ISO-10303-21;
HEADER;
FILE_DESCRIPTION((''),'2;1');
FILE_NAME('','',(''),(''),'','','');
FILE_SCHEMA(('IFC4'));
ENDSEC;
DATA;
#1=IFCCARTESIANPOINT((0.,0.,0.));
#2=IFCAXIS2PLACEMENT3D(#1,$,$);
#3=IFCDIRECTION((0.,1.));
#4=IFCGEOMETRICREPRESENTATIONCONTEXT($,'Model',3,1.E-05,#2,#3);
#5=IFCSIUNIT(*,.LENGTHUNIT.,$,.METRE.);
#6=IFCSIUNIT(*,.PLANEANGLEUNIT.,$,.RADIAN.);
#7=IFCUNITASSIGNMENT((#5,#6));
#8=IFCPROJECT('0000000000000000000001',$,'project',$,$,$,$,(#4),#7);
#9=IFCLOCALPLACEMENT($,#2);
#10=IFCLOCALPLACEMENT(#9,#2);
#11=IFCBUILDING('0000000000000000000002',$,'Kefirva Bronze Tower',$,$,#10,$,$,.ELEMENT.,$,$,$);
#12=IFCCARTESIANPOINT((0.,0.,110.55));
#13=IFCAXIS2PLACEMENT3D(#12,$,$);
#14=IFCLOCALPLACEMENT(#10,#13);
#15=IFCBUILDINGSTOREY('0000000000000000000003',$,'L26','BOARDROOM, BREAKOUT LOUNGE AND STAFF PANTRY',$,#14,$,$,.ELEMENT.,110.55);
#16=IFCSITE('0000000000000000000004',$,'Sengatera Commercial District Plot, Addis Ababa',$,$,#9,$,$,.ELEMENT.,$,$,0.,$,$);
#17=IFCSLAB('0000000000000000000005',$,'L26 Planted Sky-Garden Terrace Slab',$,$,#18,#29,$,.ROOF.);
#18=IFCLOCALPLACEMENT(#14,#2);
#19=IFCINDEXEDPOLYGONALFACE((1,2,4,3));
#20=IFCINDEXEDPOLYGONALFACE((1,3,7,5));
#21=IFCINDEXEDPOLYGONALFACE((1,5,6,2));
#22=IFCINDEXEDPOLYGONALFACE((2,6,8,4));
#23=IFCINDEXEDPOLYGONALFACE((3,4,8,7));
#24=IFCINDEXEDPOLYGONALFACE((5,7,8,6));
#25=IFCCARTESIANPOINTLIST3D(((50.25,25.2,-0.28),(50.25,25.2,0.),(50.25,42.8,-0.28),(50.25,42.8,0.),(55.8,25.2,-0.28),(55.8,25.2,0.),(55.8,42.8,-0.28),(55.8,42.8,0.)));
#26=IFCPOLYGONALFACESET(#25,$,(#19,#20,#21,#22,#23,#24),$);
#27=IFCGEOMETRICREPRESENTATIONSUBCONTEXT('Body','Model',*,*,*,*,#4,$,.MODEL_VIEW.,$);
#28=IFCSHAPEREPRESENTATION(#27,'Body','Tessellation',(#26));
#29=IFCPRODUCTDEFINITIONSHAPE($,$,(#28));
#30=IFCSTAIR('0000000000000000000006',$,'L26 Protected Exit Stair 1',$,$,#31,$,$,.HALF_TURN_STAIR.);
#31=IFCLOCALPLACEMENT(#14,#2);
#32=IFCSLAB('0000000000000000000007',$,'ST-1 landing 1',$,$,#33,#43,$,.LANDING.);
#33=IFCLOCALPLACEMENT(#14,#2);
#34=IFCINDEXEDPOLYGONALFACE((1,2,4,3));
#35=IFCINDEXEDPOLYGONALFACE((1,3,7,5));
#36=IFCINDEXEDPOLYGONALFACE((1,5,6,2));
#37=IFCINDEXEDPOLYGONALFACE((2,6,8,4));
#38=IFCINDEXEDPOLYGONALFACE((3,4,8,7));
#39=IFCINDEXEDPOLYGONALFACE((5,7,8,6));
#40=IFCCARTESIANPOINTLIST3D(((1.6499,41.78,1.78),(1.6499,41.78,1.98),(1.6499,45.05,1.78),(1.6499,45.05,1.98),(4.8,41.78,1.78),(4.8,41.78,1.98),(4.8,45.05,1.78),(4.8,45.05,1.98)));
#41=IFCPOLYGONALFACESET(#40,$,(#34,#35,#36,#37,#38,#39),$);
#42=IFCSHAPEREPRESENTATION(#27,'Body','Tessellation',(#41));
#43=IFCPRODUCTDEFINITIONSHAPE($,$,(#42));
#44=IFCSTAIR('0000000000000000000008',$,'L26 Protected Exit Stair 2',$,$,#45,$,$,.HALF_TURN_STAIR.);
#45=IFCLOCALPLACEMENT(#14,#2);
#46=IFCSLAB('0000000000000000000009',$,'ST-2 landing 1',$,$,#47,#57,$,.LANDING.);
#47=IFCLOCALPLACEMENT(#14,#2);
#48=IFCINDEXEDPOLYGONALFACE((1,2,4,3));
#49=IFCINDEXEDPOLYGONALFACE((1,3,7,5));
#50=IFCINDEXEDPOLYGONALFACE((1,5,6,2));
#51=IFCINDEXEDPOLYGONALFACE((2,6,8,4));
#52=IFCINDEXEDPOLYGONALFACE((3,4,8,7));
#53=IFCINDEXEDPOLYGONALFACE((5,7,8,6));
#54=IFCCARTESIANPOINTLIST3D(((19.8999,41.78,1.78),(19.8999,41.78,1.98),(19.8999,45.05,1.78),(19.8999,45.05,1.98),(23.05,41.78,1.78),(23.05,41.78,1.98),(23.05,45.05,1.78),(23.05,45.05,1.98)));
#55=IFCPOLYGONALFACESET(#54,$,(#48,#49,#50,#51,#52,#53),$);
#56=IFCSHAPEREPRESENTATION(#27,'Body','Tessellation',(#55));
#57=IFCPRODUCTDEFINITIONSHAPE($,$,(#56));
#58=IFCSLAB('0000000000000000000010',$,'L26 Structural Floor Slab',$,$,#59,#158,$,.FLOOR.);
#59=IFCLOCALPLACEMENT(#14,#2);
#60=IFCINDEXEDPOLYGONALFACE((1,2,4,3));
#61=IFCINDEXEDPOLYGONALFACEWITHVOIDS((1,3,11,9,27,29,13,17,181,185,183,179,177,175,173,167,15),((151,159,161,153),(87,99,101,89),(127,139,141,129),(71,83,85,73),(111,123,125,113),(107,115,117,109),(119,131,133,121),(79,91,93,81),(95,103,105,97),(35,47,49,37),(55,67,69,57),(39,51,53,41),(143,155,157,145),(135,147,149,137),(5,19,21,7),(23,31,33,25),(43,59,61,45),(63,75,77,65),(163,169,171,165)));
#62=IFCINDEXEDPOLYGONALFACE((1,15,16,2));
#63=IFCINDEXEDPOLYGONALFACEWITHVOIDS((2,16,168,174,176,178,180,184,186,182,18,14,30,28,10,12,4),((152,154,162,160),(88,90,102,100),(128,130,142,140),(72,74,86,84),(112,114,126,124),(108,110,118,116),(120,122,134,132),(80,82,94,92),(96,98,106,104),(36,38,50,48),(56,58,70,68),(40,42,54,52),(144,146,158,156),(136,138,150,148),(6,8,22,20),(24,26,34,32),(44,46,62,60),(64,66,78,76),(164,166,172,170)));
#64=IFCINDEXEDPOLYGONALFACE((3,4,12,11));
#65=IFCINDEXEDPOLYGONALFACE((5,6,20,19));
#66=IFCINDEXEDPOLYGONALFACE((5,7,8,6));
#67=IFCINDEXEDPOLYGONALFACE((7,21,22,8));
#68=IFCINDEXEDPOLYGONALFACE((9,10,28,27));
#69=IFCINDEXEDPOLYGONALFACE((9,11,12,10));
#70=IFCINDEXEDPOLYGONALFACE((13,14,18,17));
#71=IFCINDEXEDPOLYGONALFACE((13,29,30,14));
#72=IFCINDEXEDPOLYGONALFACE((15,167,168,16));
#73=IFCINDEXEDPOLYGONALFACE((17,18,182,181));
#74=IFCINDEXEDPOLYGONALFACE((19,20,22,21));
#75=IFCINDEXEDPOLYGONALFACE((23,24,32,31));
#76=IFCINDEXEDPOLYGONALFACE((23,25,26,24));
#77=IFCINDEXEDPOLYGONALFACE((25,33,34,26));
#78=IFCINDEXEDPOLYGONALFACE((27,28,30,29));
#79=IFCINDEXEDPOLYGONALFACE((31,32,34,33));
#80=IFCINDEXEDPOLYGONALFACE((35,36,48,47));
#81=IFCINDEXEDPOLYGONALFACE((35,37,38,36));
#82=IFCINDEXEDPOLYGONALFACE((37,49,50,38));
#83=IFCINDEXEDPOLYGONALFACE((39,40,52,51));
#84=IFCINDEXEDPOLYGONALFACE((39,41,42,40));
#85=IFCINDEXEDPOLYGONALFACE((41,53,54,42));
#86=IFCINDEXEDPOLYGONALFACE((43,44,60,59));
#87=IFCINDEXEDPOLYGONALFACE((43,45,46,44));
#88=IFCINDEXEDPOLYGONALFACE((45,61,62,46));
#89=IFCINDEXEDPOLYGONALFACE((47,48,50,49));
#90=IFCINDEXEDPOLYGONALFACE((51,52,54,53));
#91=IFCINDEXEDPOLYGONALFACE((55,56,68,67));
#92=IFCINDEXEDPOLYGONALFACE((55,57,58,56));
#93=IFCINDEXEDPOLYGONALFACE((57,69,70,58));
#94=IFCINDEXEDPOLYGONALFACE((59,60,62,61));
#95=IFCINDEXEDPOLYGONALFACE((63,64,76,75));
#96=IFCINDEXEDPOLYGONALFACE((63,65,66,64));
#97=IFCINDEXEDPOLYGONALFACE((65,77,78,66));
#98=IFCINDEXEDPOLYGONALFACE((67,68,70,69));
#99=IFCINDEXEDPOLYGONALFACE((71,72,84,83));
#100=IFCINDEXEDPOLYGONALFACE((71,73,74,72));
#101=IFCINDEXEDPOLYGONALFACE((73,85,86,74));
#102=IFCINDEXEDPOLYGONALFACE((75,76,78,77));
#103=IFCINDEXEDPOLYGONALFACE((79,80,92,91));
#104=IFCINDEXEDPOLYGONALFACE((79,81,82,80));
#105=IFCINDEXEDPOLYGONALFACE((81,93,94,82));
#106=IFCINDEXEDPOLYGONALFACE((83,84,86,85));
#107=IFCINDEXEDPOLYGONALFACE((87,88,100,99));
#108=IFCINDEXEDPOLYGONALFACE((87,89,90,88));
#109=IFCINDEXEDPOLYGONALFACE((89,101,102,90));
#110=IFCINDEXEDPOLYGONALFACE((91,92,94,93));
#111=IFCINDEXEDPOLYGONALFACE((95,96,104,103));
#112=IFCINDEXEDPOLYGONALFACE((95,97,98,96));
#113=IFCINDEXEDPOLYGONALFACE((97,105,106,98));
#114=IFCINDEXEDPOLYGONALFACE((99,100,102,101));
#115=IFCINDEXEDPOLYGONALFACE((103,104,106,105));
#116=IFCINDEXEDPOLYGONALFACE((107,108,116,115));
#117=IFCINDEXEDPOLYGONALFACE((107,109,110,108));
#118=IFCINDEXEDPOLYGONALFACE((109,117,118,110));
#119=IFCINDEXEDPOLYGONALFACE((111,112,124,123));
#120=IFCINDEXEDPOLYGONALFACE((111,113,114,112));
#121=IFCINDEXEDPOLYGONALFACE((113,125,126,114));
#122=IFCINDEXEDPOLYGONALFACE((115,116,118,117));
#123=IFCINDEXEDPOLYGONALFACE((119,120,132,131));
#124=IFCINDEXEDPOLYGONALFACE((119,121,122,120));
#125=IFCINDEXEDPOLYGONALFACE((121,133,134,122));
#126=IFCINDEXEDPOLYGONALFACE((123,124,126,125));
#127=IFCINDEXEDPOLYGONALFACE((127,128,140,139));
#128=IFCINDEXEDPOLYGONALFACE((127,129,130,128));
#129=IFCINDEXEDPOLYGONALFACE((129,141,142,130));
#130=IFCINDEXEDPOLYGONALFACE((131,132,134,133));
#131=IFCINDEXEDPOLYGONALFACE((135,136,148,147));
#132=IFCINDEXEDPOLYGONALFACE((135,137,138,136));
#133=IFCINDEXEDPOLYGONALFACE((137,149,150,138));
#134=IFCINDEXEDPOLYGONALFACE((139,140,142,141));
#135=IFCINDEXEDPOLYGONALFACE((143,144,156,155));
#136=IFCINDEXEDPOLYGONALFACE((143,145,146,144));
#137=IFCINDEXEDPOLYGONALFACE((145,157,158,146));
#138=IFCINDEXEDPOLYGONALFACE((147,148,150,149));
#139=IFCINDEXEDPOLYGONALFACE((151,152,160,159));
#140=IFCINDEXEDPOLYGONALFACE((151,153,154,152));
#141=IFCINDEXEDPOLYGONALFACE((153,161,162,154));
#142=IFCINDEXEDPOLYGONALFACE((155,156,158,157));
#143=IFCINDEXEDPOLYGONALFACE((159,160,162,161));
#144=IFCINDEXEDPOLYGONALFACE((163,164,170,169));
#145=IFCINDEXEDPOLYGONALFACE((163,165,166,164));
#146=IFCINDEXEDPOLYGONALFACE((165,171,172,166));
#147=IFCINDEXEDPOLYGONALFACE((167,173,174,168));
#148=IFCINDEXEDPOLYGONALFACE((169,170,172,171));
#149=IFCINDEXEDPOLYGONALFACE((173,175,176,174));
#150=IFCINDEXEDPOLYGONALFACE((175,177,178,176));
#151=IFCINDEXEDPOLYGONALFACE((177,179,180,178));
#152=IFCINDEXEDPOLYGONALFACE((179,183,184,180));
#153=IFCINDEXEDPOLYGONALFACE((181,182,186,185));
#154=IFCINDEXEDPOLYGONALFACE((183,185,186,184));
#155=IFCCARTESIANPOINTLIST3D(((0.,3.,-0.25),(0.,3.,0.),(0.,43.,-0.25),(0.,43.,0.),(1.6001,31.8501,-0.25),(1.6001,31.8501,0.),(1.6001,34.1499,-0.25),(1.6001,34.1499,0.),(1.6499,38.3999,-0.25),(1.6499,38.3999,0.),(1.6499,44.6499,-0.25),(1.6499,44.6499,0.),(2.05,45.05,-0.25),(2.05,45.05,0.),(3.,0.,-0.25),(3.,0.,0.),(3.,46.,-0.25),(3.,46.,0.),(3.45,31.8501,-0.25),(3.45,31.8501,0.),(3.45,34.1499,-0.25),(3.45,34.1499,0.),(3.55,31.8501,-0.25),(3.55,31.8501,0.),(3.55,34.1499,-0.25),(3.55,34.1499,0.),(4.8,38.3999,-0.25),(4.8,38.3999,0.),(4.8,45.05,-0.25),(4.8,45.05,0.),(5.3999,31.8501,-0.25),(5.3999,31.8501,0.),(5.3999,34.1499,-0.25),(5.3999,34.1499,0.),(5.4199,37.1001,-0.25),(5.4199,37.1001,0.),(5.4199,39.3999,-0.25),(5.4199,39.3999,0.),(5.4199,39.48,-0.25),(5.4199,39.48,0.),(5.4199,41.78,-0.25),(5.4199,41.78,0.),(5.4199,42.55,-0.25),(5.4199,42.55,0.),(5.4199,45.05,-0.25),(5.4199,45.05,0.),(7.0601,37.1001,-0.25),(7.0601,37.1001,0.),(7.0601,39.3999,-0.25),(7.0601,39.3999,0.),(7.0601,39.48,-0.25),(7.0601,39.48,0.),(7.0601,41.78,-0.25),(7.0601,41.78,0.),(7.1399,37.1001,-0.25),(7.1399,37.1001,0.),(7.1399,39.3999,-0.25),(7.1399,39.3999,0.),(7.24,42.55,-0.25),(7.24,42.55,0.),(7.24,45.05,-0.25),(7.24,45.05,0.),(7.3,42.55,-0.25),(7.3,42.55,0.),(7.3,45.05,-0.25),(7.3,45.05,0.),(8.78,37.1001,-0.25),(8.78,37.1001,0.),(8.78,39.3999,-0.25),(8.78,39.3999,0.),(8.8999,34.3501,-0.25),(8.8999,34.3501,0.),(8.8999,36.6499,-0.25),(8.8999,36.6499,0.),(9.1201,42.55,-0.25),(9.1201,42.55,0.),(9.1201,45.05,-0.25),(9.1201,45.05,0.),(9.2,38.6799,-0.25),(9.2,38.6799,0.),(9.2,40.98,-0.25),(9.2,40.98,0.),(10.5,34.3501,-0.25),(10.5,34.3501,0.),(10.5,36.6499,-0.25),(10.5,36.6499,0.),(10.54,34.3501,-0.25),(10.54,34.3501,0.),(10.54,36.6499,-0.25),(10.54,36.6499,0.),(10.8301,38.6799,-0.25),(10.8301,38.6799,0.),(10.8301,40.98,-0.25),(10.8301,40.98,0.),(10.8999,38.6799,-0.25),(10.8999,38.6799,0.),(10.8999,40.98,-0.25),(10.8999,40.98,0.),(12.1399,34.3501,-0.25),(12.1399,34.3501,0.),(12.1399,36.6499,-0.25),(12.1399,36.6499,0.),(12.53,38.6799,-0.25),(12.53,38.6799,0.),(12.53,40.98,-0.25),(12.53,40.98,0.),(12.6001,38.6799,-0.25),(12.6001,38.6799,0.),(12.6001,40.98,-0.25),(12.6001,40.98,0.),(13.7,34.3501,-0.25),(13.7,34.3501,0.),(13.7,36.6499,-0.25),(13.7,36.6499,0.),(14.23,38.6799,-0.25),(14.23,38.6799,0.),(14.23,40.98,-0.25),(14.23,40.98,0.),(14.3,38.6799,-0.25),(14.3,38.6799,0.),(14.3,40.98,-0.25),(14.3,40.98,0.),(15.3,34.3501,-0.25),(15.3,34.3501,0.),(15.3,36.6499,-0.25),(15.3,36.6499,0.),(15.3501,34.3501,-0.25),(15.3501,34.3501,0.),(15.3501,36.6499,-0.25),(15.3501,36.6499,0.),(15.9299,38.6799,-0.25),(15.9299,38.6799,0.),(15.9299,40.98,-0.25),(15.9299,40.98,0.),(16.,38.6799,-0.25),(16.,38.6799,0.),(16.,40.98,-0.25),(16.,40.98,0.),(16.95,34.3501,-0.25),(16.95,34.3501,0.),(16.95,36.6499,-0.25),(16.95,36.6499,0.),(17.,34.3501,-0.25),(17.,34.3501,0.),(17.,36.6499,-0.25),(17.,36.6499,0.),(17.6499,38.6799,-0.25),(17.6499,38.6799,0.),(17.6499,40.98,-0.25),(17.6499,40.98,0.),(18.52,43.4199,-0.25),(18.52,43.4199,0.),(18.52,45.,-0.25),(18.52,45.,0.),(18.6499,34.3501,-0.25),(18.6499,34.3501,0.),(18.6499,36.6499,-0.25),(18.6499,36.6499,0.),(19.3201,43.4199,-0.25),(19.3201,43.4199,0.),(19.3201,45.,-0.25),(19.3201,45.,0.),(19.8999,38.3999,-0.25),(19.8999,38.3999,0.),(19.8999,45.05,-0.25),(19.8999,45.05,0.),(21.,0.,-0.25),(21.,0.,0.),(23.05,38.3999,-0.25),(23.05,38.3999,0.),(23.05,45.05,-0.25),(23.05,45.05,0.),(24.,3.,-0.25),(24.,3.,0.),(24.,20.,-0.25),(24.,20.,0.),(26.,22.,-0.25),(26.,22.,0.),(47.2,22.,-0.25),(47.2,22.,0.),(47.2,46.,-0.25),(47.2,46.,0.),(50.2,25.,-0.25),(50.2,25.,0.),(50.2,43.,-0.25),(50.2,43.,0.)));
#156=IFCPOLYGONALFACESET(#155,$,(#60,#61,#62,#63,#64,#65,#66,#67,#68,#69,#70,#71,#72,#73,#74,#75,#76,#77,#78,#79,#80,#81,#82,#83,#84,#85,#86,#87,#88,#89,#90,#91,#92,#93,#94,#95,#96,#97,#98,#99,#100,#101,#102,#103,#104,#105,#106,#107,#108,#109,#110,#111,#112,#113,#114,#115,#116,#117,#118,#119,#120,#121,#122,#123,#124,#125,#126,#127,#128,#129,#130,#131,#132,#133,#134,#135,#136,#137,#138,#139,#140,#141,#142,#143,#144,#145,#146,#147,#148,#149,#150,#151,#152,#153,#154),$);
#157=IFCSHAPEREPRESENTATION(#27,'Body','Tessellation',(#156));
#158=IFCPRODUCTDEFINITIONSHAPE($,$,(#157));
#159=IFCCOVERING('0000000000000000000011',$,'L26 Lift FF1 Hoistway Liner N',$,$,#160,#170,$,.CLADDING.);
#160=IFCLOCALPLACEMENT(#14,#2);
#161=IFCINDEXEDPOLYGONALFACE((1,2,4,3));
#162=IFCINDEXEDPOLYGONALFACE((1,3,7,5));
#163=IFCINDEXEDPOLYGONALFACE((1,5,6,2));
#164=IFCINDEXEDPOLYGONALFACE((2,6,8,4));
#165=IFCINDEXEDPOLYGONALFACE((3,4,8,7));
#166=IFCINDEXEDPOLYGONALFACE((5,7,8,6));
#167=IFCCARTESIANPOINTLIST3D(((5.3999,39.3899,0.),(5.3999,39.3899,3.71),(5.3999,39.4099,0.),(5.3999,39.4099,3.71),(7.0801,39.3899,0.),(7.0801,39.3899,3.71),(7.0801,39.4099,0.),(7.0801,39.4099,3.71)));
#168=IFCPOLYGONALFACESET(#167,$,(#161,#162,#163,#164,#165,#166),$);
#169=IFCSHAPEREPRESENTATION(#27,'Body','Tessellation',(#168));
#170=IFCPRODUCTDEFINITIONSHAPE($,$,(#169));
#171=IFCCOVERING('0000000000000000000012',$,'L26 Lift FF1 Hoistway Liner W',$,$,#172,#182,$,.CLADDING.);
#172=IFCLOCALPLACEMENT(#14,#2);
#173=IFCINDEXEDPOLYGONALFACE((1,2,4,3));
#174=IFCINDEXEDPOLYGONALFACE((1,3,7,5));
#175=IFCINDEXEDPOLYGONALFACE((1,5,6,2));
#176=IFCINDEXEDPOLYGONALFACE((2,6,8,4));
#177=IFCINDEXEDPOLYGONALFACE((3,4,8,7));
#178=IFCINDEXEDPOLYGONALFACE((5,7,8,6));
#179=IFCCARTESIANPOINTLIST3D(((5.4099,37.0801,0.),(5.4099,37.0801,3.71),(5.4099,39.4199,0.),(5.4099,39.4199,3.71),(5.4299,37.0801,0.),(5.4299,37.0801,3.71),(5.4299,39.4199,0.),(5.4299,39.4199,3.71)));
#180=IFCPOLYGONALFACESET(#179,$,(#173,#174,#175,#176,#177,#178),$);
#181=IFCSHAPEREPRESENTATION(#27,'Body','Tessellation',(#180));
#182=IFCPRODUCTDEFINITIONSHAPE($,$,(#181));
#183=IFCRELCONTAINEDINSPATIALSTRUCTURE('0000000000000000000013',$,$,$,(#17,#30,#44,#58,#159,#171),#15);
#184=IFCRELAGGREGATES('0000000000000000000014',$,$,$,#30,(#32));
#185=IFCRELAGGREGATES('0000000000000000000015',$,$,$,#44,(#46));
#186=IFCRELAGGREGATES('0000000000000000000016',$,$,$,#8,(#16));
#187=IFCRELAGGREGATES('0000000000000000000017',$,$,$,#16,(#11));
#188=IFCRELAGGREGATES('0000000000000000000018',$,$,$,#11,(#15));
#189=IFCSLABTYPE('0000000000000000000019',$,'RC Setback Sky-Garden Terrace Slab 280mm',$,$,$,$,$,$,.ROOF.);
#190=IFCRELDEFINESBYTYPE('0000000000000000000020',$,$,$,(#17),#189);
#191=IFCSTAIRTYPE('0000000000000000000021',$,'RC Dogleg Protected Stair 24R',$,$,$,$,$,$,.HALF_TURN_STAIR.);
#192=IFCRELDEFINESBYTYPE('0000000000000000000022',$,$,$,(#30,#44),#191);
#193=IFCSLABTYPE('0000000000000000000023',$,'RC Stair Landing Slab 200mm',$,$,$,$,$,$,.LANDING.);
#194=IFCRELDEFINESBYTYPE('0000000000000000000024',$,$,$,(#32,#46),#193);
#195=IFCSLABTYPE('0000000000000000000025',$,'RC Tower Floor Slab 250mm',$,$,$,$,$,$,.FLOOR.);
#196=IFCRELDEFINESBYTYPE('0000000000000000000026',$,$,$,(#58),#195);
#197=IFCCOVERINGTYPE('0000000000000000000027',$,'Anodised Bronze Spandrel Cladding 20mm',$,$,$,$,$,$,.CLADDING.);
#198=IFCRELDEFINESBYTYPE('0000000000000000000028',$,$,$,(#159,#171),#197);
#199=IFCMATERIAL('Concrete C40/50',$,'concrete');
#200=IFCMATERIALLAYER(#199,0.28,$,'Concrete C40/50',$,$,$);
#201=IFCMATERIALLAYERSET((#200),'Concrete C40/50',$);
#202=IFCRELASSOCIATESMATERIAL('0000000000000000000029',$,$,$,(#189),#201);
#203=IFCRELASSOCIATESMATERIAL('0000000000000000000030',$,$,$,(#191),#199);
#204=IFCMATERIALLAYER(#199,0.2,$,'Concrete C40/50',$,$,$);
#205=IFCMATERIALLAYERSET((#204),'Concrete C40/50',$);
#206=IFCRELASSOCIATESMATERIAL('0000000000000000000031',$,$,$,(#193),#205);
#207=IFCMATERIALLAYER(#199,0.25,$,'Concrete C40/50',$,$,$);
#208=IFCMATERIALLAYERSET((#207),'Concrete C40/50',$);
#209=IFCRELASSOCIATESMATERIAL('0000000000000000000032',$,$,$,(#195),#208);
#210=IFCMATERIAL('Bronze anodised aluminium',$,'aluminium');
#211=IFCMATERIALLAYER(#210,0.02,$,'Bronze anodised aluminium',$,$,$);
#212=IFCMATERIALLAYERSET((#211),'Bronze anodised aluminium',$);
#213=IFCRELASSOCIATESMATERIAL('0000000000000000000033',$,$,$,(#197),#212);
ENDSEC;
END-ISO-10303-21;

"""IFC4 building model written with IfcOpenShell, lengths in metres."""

from ifc_helpers import new_model, si_unit, direction, frame, origin, place, context, subcontext, project, spatial, polyline, outline, extrude, material, layer, layer_set, type_object, element, aggregate, save


model = new_model("IFC4")

# Units and contexts
model_context = context("Model", 3, precision=1e-05, world=origin(), true_north=direction((0.0, 1.0)))
body_context = subcontext(model_context, "Body", "Model", "MODEL_VIEW")
ifc_project = project(units=[si_unit("LENGTHUNIT", "METRE"), si_unit("PLANEANGLEUNIT", "RADIAN")], contexts=[model_context])

# Site, building, storey
site_placement = place(None, origin())
site = spatial("IfcSite", under=ifc_project, at=site_placement, Name="Sengatera Commercial District Plot, Addis Ababa", CompositionType="ELEMENT", RefElevation=0.0)
building_placement = place(site_placement, origin())
building = spatial("IfcBuilding", under=site, at=building_placement, Name="Kefirva Bronze Tower", CompositionType="ELEMENT")
storey_placement = place(building_placement, frame((0.0, 0.0, 110.55)))
storey = spatial("IfcBuildingStorey", under=building, at=storey_placement, Name="L26", Description="BOARDROOM, BREAKOUT LOUNGE AND STAFF PANTRY", CompositionType="ELEMENT", Elevation=110.55)

# Slab
ifc_material_1 = material(Name="Concrete C40/50", Category="concrete")
ifc_layer_1 = layer(ifc_material_1, 0.28, Name="Concrete C40/50")
ifc_layer_set_1 = layer_set([ifc_layer_1], Name="Concrete C40/50")
slab_type_1 = type_object("IfcSlabType", Name="RC Setback Sky-Garden Terrace Slab 280mm", PredefinedType="ROOF", material=ifc_layer_set_1)
slab_1_placement = place(storey_placement, frame((0.0, 0.0, -0.28)))
element("IfcSlab", 1, at=slab_1_placement, inside=storey, type_object=slab_type_1, Name="L26 Planted Sky-Garden Terrace Slab", PredefinedType="ROOF", context=body_context, shape_type="SweptSolid", body=[
    extrude(outline(polyline([(50.25, 25.2), (55.8, 25.2), (55.8, 42.8), (50.25, 42.8), (50.25, 25.2)])), origin(), (0.0, 0.0, 1.0), 0.28),
])

# Stairs, slabs
stair_type = type_object("IfcStairType", Name="RC Dogleg Protected Stair 24R", PredefinedType="HALF_TURN_STAIR", material=ifc_material_1)
stair_1_placement = place(storey_placement, origin())
stair_1 = element("IfcStair", 2, at=stair_1_placement, inside=storey, type_object=stair_type, Name="L26 Protected Exit Stair 1", PredefinedType="HALF_TURN_STAIR")
ifc_layer_2 = layer(ifc_material_1, 0.2, Name="Concrete C40/50")
ifc_layer_set_2 = layer_set([ifc_layer_2], Name="Concrete C40/50")
slab_type_2 = type_object("IfcSlabType", Name="RC Stair Landing Slab 200mm", PredefinedType="LANDING", material=ifc_layer_set_2)
slab_2_placement = place(storey_placement, frame((0.0, 0.0, 1.78)))
slab_2 = element("IfcSlab", 3, at=slab_2_placement, type_object=slab_type_2, Name="ST-1 landing 1", PredefinedType="LANDING", context=body_context, shape_type="SweptSolid", body=[
    extrude(outline(polyline([(4.8, 41.78), (4.8, 45.05), (1.6499, 45.05), (1.6499, 41.78), (4.8, 41.78)])), origin(), (0.0, 0.0, 1.0), 0.2),
])
aggregate(stair_1, [slab_2])
stair_2_placement = place(storey_placement, origin())
stair_2 = element("IfcStair", 4, at=stair_2_placement, inside=storey, type_object=stair_type, Name="L26 Protected Exit Stair 2", PredefinedType="HALF_TURN_STAIR")
slab_3_placement = place(storey_placement, frame((0.0, 0.0, 1.78)))
slab_3 = element("IfcSlab", 5, at=slab_3_placement, type_object=slab_type_2, Name="ST-2 landing 1", PredefinedType="LANDING", context=body_context, shape_type="SweptSolid", body=[
    extrude(outline(polyline([(23.05, 41.78), (23.05, 45.05), (19.8999, 45.05), (19.8999, 41.78), (23.05, 41.78)])), origin(), (0.0, 0.0, 1.0), 0.2),
])
aggregate(stair_2, [slab_3])

# Slab
ifc_layer_3 = layer(ifc_material_1, 0.25, Name="Concrete C40/50")
ifc_layer_set_3 = layer_set([ifc_layer_3], Name="Concrete C40/50")
slab_type_3 = type_object("IfcSlabType", Name="RC Tower Floor Slab 250mm", PredefinedType="FLOOR", material=ifc_layer_set_3)
slab_4_placement = place(storey_placement, frame((0.0, 0.0, -0.25)))
element("IfcSlab", 6, at=slab_4_placement, inside=storey, type_object=slab_type_3, Name="L26 Structural Floor Slab", PredefinedType="FLOOR", context=body_context, shape_type="SweptSolid", body=[
    extrude(outline(polyline([(0.0, 3.0), (0.0, 43.0), (1.6499, 44.6499), (1.6499, 38.3999), (4.8, 38.3999), (4.8, 45.05), (2.05, 45.05), (3.0, 46.0), (47.2, 46.0), (50.2, 43.0), (50.2, 25.0), (47.2, 22.0), (26.0, 22.0), (24.0, 20.0), (24.0, 3.0), (21.0, 0.0), (3.0, 0.0), (0.0, 3.0)]), holes=[polyline([(19.8999, 38.3999), (23.05, 38.3999), (23.05, 45.05), (19.8999, 45.05), (19.8999, 38.3999)]), polyline([(18.52, 43.4199), (19.3201, 43.4199), (19.3201, 45.0), (18.52, 45.0), (18.52, 43.4199)]), polyline([(17.0, 34.3501), (18.6499, 34.3501), (18.6499, 36.6499), (17.0, 36.6499), (17.0, 34.3501)]), polyline([(17.6499, 38.6799), (17.6499, 40.98), (16.0, 40.98), (16.0, 38.6799), (17.6499, 38.6799)]), polyline([(16.95, 34.3501), (16.95, 36.6499), (15.3501, 36.6499), (15.3501, 34.3501), (16.95, 34.3501)]), polyline([(15.9299, 38.6799), (15.9299, 40.98), (14.3, 40.98), (14.3, 38.6799), (15.9299, 38.6799)]), polyline([(15.3, 34.3501), (15.3, 36.6499), (13.7, 36.6499), (13.7, 34.3501), (15.3, 34.3501)]), polyline([(14.23, 38.6799), (14.23, 40.98), (12.6001, 40.98), (12.6001, 38.6799), (14.23, 38.6799)]), polyline([(10.8999, 38.6799), (12.53, 38.6799), (12.53, 40.98), (10.8999, 40.98), (10.8999, 38.6799)]), polyline([(12.1399, 34.3501), (12.1399, 36.6499), (10.54, 36.6499), (10.54, 34.3501), (12.1399, 34.3501)]), polyline([(10.8301, 38.6799), (10.8301, 40.98), (9.2, 40.98), (9.2, 38.6799), (10.8301, 38.6799)]), polyline([(10.5, 34.3501), (10.5, 36.6499), (8.8999, 36.6499), (8.8999, 34.3501), (10.5, 34.3501)]), polyline([(7.3, 42.55), (9.1201, 42.55), (9.1201, 45.05), (7.3, 45.05), (7.3, 42.55)]), polyline([(7.1399, 37.1001), (8.78, 37.1001), (8.78, 39.3999), (7.1399, 39.3999), (7.1399, 37.1001)]), polyline([(5.4199, 42.55), (7.24, 42.55), (7.24, 45.05), (5.4199, 45.05), (5.4199, 42.55)]), polyline([(7.0601, 39.48), (7.0601, 41.78), (5.4199, 41.78), (5.4199, 39.48), (7.0601, 39.48)]), polyline([(5.4199, 37.1001), (7.0601, 37.1001), (7.0601, 39.3999), (5.4199, 39.3999), (5.4199, 37.1001)]), polyline([(5.3999, 31.8501), (5.3999, 34.1499), (3.55, 34.1499), (3.55, 31.8501), (5.3999, 31.8501)]), polyline([(3.45, 31.8501), (3.45, 34.1499), (1.6001, 34.1499), (1.6001, 31.8501), (3.45, 31.8501)])]), origin(), (0.0, 0.0, 1.0), 0.25),
])

# Coverings
ifc_material_2 = material(Name="Bronze anodised aluminium", Category="aluminium")
ifc_layer_4 = layer(ifc_material_2, 0.02, Name="Bronze anodised aluminium")
ifc_layer_set_4 = layer_set([ifc_layer_4], Name="Bronze anodised aluminium")
covering_type_1 = type_object("IfcCoveringType", Name="Anodised Bronze Spandrel Cladding 20mm", PredefinedType="CLADDING", material=ifc_layer_set_4)
covering_1_placement = place(storey_placement, origin())
element("IfcCovering", 7, at=covering_1_placement, inside=storey, type_object=covering_type_1, Name="L26 Lift FF1 Hoistway Liner N", PredefinedType="CLADDING", context=body_context, shape_type="SweptSolid", body=[
    extrude(outline(polyline([(5.3999, 39.3899), (7.0801, 39.3899), (7.0801, 39.4099), (5.3999, 39.4099), (5.3999, 39.3899)])), origin(), (0.0, 0.0, 1.0), 3.71),
])
covering_2_placement = place(storey_placement, origin())
element("IfcCovering", 8, at=covering_2_placement, inside=storey, type_object=covering_type_1, Name="L26 Lift FF1 Hoistway Liner W", PredefinedType="CLADDING", context=body_context, shape_type="SweptSolid", body=[
    extrude(outline(polyline([(5.4099, 37.0801), (5.4299, 37.0801), (5.4299, 39.4199), (5.4099, 39.4199), (5.4099, 37.0801)])), origin(), (0.0, 0.0, 1.0), 3.71),
])

save(model, "model.ifc")
